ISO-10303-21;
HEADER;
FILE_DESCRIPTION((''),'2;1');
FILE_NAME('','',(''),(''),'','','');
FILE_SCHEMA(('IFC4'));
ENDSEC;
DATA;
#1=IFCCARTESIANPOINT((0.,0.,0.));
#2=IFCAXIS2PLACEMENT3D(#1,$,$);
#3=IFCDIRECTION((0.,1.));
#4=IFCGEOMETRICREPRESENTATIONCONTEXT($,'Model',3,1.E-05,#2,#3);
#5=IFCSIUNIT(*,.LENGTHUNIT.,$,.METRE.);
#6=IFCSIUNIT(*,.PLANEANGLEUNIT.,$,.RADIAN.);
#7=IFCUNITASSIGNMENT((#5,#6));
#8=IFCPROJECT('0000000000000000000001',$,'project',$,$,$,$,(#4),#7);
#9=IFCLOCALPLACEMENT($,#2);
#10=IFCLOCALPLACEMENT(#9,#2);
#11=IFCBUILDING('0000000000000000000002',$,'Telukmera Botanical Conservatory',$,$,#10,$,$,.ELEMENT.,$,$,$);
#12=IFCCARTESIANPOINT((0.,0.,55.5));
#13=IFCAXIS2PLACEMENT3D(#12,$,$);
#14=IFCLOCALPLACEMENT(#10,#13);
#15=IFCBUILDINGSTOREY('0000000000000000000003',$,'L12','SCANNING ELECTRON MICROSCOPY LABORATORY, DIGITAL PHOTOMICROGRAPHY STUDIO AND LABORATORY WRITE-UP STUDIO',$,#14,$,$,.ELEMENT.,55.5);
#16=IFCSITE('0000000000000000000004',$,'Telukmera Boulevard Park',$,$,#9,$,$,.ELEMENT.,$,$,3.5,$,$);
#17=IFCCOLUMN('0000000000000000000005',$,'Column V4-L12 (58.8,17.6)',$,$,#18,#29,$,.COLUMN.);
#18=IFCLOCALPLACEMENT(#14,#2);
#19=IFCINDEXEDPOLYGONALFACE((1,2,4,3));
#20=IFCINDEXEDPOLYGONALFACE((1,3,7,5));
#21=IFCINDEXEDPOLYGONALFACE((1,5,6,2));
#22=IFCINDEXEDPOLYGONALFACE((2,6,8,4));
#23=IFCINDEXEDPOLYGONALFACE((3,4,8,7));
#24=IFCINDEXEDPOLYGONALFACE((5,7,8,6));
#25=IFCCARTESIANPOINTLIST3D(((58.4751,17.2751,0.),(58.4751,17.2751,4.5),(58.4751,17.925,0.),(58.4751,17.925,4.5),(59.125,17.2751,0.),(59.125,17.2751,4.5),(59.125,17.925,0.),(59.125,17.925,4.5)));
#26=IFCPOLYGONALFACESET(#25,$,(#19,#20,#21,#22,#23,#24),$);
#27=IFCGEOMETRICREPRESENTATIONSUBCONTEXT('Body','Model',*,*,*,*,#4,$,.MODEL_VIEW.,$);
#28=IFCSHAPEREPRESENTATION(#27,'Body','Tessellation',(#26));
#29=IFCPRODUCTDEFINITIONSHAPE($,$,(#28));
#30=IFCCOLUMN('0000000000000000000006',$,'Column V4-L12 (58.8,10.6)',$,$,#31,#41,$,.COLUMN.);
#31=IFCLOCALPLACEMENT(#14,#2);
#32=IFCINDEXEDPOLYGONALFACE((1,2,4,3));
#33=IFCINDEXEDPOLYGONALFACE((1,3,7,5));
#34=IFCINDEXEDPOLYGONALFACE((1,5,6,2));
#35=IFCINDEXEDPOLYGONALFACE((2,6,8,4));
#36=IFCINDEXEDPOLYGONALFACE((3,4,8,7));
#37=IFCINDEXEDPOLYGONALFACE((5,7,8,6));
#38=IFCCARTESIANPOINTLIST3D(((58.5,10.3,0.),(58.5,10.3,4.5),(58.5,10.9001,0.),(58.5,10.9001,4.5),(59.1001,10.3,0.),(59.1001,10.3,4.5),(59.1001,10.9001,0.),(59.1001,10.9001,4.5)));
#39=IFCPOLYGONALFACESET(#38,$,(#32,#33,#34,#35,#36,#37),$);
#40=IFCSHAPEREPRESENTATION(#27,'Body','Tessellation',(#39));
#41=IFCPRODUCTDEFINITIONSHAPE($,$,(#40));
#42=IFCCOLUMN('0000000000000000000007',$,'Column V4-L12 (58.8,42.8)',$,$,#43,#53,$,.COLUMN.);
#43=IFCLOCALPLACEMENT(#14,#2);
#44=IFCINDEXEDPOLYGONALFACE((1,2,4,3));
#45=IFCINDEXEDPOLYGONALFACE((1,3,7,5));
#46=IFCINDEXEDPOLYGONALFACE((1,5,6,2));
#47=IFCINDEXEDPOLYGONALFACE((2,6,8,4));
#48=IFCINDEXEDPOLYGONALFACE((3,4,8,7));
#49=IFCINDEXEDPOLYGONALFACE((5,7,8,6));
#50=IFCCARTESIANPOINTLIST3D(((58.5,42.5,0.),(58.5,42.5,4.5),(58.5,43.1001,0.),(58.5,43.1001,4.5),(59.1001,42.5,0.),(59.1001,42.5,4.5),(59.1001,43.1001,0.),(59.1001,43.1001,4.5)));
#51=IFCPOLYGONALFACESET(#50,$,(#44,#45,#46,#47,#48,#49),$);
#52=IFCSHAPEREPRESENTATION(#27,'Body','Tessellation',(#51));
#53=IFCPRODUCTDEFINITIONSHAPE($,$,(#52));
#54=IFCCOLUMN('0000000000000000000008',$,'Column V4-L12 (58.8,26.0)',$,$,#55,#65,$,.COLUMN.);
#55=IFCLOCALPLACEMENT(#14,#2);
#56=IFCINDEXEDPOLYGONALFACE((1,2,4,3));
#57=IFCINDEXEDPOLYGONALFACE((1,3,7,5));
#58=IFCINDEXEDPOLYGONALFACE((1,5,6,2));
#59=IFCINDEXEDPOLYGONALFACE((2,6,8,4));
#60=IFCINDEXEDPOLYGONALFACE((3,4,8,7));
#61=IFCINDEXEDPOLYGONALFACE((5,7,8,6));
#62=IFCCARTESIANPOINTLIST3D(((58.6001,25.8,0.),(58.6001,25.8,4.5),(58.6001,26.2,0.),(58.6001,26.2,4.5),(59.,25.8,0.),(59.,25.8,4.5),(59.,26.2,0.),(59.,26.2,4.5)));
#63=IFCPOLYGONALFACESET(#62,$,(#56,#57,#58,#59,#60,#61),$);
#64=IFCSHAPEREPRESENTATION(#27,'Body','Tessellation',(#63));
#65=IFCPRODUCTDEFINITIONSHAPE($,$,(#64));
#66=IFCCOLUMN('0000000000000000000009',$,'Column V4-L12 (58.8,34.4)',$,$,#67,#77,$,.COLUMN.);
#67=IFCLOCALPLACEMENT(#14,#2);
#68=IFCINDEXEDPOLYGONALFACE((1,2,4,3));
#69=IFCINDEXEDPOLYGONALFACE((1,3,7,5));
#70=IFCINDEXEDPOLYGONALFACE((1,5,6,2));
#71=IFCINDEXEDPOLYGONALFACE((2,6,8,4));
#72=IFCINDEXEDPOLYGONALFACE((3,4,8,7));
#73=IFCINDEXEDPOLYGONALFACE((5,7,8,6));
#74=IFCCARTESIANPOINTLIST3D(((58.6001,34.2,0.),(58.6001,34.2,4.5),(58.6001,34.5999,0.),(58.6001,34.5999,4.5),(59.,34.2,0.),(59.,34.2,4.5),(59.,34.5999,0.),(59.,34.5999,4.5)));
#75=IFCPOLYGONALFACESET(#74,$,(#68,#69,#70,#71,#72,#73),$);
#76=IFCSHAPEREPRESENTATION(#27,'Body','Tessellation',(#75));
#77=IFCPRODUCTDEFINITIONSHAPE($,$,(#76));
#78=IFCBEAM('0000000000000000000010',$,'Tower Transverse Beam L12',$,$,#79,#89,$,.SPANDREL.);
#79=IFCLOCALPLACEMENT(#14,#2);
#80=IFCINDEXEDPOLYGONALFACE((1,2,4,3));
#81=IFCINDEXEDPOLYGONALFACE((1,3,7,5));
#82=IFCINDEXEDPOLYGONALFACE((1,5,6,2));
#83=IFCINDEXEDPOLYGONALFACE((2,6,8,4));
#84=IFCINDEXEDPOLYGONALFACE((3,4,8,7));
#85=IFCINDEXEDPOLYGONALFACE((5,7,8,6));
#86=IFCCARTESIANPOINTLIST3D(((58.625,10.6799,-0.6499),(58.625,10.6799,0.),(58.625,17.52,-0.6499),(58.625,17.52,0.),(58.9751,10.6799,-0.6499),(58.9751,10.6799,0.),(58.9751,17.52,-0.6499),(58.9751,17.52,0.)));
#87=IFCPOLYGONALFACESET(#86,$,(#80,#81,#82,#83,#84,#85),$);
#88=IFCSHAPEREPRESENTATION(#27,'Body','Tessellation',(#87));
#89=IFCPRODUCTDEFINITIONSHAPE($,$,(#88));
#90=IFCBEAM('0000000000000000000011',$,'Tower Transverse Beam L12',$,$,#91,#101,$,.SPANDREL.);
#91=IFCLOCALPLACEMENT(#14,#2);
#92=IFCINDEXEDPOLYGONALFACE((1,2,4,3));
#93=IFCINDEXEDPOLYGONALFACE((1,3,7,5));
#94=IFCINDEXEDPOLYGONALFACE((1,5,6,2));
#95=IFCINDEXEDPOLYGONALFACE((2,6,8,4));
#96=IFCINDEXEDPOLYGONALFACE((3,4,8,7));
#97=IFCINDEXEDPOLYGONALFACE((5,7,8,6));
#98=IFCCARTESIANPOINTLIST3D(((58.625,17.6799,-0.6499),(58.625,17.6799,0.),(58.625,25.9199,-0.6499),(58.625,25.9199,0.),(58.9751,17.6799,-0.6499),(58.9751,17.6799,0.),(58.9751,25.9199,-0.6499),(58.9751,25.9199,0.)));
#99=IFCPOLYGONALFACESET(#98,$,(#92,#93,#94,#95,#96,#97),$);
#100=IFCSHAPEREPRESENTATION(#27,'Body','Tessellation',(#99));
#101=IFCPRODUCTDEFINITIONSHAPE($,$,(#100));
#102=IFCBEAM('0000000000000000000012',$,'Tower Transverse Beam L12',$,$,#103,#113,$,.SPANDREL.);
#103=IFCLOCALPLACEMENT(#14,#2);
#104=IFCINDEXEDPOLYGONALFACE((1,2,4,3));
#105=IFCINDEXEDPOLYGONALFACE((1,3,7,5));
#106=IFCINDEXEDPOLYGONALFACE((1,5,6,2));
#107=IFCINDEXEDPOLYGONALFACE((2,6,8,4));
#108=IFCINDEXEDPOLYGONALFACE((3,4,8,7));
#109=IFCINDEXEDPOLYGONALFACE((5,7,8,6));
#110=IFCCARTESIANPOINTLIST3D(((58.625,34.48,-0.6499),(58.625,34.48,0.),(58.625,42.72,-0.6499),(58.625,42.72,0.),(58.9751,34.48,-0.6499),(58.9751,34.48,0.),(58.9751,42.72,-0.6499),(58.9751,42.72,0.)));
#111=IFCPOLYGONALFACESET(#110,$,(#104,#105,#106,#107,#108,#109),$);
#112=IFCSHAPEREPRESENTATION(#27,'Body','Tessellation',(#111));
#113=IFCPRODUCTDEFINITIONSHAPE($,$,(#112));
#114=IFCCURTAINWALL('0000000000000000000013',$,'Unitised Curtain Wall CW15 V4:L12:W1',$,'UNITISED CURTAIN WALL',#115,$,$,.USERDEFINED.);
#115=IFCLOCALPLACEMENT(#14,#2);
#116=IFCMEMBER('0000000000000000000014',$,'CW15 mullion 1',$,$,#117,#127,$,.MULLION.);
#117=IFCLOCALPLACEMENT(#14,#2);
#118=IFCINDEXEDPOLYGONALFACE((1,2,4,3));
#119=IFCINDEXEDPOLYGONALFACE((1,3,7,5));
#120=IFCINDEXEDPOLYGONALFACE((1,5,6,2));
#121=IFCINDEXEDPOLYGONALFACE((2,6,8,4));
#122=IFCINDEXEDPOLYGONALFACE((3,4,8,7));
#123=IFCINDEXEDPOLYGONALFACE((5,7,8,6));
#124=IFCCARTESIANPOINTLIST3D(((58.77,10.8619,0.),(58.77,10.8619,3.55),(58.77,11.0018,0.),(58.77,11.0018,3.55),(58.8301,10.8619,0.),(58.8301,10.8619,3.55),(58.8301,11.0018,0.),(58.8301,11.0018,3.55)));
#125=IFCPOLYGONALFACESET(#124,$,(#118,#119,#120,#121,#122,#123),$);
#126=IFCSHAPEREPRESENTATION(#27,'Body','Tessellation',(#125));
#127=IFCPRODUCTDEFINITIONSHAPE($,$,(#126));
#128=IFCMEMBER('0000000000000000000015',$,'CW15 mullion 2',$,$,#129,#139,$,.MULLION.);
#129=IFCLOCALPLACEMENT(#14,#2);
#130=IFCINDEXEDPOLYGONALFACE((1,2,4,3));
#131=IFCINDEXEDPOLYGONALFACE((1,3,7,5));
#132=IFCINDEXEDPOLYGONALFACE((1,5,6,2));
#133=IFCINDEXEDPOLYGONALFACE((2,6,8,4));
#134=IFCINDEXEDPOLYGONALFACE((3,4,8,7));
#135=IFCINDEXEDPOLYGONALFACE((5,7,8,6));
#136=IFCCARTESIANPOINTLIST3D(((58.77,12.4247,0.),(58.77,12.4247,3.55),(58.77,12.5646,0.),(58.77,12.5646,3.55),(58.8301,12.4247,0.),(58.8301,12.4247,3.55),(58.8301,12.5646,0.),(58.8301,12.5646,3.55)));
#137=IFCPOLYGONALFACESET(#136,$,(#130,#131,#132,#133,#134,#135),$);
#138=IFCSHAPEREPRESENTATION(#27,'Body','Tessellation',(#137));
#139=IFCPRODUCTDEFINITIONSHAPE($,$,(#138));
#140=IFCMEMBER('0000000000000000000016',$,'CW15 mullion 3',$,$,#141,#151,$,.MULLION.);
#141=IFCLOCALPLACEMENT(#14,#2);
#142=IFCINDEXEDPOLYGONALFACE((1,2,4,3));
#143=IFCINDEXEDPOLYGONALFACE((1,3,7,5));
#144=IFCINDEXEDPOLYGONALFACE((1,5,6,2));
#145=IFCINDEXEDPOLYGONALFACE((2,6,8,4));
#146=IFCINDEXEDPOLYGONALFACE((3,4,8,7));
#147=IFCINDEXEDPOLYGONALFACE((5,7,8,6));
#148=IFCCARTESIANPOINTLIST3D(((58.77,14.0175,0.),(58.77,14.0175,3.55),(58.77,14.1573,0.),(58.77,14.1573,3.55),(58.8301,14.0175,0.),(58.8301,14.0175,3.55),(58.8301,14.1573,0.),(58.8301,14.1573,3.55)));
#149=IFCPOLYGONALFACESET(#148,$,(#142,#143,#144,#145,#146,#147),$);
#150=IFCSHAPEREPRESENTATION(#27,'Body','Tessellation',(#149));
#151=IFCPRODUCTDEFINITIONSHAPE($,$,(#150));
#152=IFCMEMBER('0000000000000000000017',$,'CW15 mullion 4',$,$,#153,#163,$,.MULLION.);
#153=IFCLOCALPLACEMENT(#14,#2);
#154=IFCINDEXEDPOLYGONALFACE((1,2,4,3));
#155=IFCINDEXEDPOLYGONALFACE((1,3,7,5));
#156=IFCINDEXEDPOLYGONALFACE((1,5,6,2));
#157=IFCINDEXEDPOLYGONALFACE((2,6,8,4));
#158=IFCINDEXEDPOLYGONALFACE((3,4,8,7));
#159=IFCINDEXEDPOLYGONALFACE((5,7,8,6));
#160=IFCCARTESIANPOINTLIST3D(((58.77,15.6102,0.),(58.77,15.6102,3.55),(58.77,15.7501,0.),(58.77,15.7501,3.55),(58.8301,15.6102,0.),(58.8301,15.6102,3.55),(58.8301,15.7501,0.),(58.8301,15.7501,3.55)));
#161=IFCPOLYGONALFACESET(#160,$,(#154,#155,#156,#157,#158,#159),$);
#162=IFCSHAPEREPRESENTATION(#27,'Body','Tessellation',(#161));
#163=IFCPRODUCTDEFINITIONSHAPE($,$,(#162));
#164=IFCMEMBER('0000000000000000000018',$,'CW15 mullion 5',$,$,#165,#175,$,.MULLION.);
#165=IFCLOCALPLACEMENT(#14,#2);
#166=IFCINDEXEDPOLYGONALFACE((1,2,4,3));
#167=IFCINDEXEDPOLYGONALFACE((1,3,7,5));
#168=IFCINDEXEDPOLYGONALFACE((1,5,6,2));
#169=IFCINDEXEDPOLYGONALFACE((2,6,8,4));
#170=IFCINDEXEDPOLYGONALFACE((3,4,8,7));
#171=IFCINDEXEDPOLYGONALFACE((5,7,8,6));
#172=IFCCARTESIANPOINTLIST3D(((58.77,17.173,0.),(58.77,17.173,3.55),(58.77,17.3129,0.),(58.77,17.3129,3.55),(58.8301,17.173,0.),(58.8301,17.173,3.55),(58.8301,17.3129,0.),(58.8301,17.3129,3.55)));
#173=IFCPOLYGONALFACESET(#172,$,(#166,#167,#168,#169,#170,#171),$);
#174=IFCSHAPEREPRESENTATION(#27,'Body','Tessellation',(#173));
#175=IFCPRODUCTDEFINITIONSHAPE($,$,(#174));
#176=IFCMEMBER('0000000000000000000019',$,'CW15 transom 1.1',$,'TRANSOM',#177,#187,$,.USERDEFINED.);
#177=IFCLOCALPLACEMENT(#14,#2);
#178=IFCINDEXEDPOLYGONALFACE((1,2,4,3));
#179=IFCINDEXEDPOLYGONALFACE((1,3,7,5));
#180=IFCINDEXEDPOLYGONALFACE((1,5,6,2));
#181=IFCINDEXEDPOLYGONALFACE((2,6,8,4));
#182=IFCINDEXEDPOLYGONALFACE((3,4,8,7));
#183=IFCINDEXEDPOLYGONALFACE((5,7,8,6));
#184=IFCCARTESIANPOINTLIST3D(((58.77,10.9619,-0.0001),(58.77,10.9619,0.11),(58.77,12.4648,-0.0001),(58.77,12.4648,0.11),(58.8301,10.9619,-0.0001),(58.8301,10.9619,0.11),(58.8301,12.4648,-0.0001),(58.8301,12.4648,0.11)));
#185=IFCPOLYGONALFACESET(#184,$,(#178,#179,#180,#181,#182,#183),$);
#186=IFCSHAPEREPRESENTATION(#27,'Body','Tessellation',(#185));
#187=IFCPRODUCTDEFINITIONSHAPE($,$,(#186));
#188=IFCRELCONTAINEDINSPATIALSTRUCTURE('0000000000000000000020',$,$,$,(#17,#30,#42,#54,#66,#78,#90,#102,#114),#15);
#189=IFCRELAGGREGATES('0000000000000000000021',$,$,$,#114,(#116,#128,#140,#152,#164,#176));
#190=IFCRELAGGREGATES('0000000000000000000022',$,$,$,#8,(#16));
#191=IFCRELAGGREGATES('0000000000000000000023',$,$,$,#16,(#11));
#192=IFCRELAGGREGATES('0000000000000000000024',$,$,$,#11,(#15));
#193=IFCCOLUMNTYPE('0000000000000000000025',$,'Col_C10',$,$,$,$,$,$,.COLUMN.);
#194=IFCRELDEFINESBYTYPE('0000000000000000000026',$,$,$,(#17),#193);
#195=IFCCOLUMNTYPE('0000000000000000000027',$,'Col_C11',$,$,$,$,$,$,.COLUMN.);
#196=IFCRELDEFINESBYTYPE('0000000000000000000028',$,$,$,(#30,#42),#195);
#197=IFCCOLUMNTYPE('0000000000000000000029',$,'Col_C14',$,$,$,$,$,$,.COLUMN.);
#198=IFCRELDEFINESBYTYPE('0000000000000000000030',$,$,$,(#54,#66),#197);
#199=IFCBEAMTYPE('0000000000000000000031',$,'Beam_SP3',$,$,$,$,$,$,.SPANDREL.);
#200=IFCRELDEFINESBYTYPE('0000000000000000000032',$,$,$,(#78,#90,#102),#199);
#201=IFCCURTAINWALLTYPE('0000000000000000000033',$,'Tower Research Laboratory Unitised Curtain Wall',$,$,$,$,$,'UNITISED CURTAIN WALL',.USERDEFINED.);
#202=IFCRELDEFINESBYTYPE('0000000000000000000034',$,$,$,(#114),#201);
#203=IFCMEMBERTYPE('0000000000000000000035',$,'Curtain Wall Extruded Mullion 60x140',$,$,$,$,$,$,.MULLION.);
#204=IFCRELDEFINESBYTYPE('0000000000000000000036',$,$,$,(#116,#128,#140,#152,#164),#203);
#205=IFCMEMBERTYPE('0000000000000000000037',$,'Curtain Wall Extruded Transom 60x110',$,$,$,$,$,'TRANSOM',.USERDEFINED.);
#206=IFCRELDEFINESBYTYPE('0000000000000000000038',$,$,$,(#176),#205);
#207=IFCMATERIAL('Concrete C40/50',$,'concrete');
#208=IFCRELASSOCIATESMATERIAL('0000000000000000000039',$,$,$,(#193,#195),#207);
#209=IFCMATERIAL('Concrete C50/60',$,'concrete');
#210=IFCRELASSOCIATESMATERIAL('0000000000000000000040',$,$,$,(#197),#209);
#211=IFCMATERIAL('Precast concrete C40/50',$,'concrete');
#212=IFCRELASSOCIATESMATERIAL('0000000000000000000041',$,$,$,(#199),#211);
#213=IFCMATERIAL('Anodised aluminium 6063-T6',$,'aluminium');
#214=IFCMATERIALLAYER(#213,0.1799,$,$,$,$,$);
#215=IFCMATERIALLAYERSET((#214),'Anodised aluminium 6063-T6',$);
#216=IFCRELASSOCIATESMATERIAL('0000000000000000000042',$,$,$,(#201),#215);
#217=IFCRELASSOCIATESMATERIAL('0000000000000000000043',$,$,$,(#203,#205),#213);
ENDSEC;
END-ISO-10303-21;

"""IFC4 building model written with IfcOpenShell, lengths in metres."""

from ifc_helpers import new_model, si_unit, direction, frame, origin, origin_2d, place, context, subcontext, project, spatial, rectangle, extrude, material, layer, layer_set, material_profile, profile_set, type_object, element, aggregate, save


model = new_model("IFC4")

# Units and contexts
model_context = context("Model", 3, precision=1e-05, world=origin(), true_north=direction((0.0, 1.0)))
body_context = subcontext(model_context, "Body", "Model", "MODEL_VIEW")
ifc_project = project(units=[si_unit("LENGTHUNIT", "METRE"), si_unit("PLANEANGLEUNIT", "RADIAN")], contexts=[model_context])

# Site, building, storey
site_placement = place(None, origin())
site = spatial("IfcSite", under=ifc_project, at=site_placement, Name="Telukmera Boulevard Park", CompositionType="ELEMENT", RefElevation=3.5)
building_placement = place(site_placement, origin())
building = spatial("IfcBuilding", under=site, at=building_placement, Name="Telukmera Botanical Conservatory", CompositionType="ELEMENT")
storey_placement = place(building_placement, frame((0.0, 0.0, 55.5)))
storey = spatial("IfcBuildingStorey", under=building, at=storey_placement, Name="L12", Description="SCANNING ELECTRON MICROSCOPY LABORATORY, DIGITAL PHOTOMICROGRAPHY STUDIO AND LABORATORY WRITE-UP STUDIO", CompositionType="ELEMENT", Elevation=55.5)

# Columns
ifc_material_1 = material(Name="Concrete C40/50", Category="concrete")
ifc_material_profile_1 = material_profile(ifc_material_1, rectangle(XDim=0.6499, YDim=0.6499, at=origin_2d()), Name="RC 650x650")
ifc_profile_set_1 = profile_set([ifc_material_profile_1], Name="Concrete C40/50")
column_type_1 = type_object("IfcColumnType", Name="Col_C10", PredefinedType="COLUMN", material=ifc_profile_set_1)
column_placement = place(storey_placement, frame((58.8, 17.6001, 0.0), z_axis=(0.0, 0.0, 1.0), x_axis=(1.0, 0.0, 0.0)))
element("IfcColumn", 1, at=column_placement, inside=storey, type_object=column_type_1, Name="Column V4-L12 (58.8,17.6)", PredefinedType="COLUMN", context=body_context, shape_type="SweptSolid", body=[
    extrude(rectangle(XDim=0.6499, YDim=0.6499, at=origin_2d()), origin(), (0.0, 0.0, 1.0), 4.5),
])
ifc_material_profile_2 = material_profile(ifc_material_1, rectangle(XDim=0.6001, YDim=0.6001, at=origin_2d()), Name="RC 600x600")
ifc_profile_set_2 = profile_set([ifc_material_profile_2], Name="Concrete C40/50")
column_type_2 = type_object("IfcColumnType", Name="Col_C11", PredefinedType="COLUMN", material=ifc_profile_set_2)
for number, where, z_axis, x_axis, name in (
    (2, (58.8, 10.6001, 0.0), (0.0, 0.0, 1.0), (1.0, 0.0, 0.0), "Column V4-L12 (58.8,10.6)"),
    (3, (58.8, 42.8, 0.0), (0.0, 0.0, 1.0), (1.0, 0.0, 0.0), "Column V4-L12 (58.8,42.8)"),
):
    element("IfcColumn", number, at=place(storey_placement, frame(where, z_axis=z_axis, x_axis=x_axis)), inside=storey, type_object=column_type_2, Name=name, PredefinedType="COLUMN", context=body_context, shape_type="SweptSolid", body=[
        extrude(rectangle(XDim=0.6001, YDim=0.6001, at=origin_2d()), origin(), (0.0, 0.0, 1.0), 4.5),
    ])
ifc_material_2 = material(Name="Concrete C50/60", Category="concrete")
ifc_material_profile_3 = material_profile(ifc_material_2, rectangle(XDim=0.3999, YDim=0.3999, at=origin_2d()), Name="RC 400x400")
ifc_profile_set_3 = profile_set([ifc_material_profile_3], Name="Concrete C50/60")
column_type_3 = type_object("IfcColumnType", Name="Col_C14", PredefinedType="COLUMN", material=ifc_profile_set_3)
for number, where, z_axis, x_axis, name in (
    (4, (58.8, 26.0, 0.0), (0.0, 0.0, 1.0), (1.0, 0.0, 0.0), "Column V4-L12 (58.8,26.0)"),
    (5, (58.8, 34.3999, 0.0), (0.0, 0.0, 1.0), (1.0, 0.0, 0.0), "Column V4-L12 (58.8,34.4)"),
):
    element("IfcColumn", number, at=place(storey_placement, frame(where, z_axis=z_axis, x_axis=x_axis)), inside=storey, type_object=column_type_3, Name=name, PredefinedType="COLUMN", context=body_context, shape_type="SweptSolid", body=[
        extrude(rectangle(XDim=0.3999, YDim=0.3999, at=origin_2d()), origin(), (0.0, 0.0, 1.0), 4.5),
    ])

# Beams
ifc_material_3 = material(Name="Precast concrete C40/50", Category="concrete")
ifc_material_profile_4 = material_profile(ifc_material_3, rectangle(XDim=0.3501, YDim=0.6499, at=origin_2d()), Name="PC 350x650")
ifc_profile_set_4 = profile_set([ifc_material_profile_4], Name="Precast concrete C40/50")
beam_type = type_object("IfcBeamType", Name="Beam_SP3", PredefinedType="SPANDREL", material=ifc_profile_set_4)
beam_placement = place(storey_placement, frame((58.8, 10.6799, -0.325), z_axis=(0.0, 1.0, 0.0), x_axis=(-1.0, 0.0, 0.0)))
element("IfcBeam", 6, at=beam_placement, inside=storey, type_object=beam_type, Name="Tower Transverse Beam L12", PredefinedType="SPANDREL", context=body_context, shape_type="SweptSolid", body=[
    extrude(rectangle(XDim=0.3501, YDim=0.6499, at=origin_2d()), origin(), (0.0, 0.0, 1.0), 6.8401),
])
for number, where, z_axis, x_axis, name in (
    (7, (58.8, 17.6799, -0.325), (0.0, 1.0, 0.0), (-1.0, 0.0, 0.0), "Tower Transverse Beam L12"),
    (8, (58.8, 34.48, -0.325), (0.0, 1.0, 0.0), (-1.0, 0.0, 0.0), "Tower Transverse Beam L12"),
):
    element("IfcBeam", number, at=place(storey_placement, frame(where, z_axis=z_axis, x_axis=x_axis)), inside=storey, type_object=beam_type, Name=name, PredefinedType="SPANDREL", context=body_context, shape_type="SweptSolid", body=[
        extrude(rectangle(XDim=0.3501, YDim=0.6499, at=origin_2d()), origin(), (0.0, 0.0, 1.0), 8.24),
    ])

# Curtain wall, members
ifc_material_4 = material(Name="Anodised aluminium 6063-T6", Category="aluminium")
ifc_layer_1 = layer(ifc_material_4, 0.1799)
ifc_layer_set_1 = layer_set([ifc_layer_1], Name="Anodised aluminium 6063-T6")
curtain_wall_type = type_object("IfcCurtainWallType", Name="Tower Research Laboratory Unitised Curtain Wall", ElementType="UNITISED CURTAIN WALL", PredefinedType="USERDEFINED", material=ifc_layer_set_1)
curtain_wall_placement = place(storey_placement, origin())
curtain_wall = element("IfcCurtainWall", 9, at=curtain_wall_placement, inside=storey, type_object=curtain_wall_type, Name="Unitised Curtain Wall CW15 V4:L12:W1", ObjectType="UNITISED CURTAIN WALL", PredefinedType="USERDEFINED")
ifc_material_profile_5 = material_profile(ifc_material_4, rectangle(XDim=0.0601, YDim=0.1399, at=origin_2d()), Name="ALU MULL 60x140")
ifc_profile_set_5 = profile_set([ifc_material_profile_5], Name="Anodised aluminium 6063-T6")
member_type_1 = type_object("IfcMemberType", Name="Curtain Wall Extruded Mullion 60x140", PredefinedType="MULLION", material=ifc_profile_set_5)
member_1_placement = place(storey_placement, frame((58.8, 10.9319, 0.0), z_axis=(0.0, 0.0, 1.0), x_axis=(-1.0, 0.0, 0.0)))
member_1 = element("IfcMember", 10, at=member_1_placement, type_object=member_type_1, Name="CW15 mullion 1", PredefinedType="MULLION", context=body_context, shape_type="SweptSolid", body=[
    extrude(rectangle(XDim=0.0601, YDim=0.1399, at=origin_2d()), origin(), (0.0, 0.0, 1.0), 3.55),
])
member_2_placement = place(storey_placement, frame((58.8, 12.4946, 0.0), z_axis=(0.0, 0.0, 1.0), x_axis=(-1.0, 0.0, 0.0)))
member_2 = element("IfcMember", 11, at=member_2_placement, type_object=member_type_1, Name="CW15 mullion 2", PredefinedType="MULLION", context=body_context, shape_type="SweptSolid", body=[
    extrude(rectangle(XDim=0.0601, YDim=0.1399, at=origin_2d()), origin(), (0.0, 0.0, 1.0), 3.55),
])
member_3_placement = place(storey_placement, frame((58.8, 14.0874, 0.0), z_axis=(0.0, 0.0, 1.0), x_axis=(-1.0, 0.0, 0.0)))
member_3 = element("IfcMember", 12, at=member_3_placement, type_object=member_type_1, Name="CW15 mullion 3", PredefinedType="MULLION", context=body_context, shape_type="SweptSolid", body=[
    extrude(rectangle(XDim=0.0601, YDim=0.1399, at=origin_2d()), origin(), (0.0, 0.0, 1.0), 3.55),
])
member_4_placement = place(storey_placement, frame((58.8, 15.6802, 0.0), z_axis=(0.0, 0.0, 1.0), x_axis=(-1.0, 0.0, 0.0)))
member_4 = element("IfcMember", 13, at=member_4_placement, type_object=member_type_1, Name="CW15 mullion 4", PredefinedType="MULLION", context=body_context, shape_type="SweptSolid", body=[
    extrude(rectangle(XDim=0.0601, YDim=0.1399, at=origin_2d()), origin(), (0.0, 0.0, 1.0), 3.55),
])
member_5_placement = place(storey_placement, frame((58.8, 17.2429, 0.0), z_axis=(0.0, 0.0, 1.0), x_axis=(-1.0, 0.0, 0.0)))
member_5 = element("IfcMember", 14, at=member_5_placement, type_object=member_type_1, Name="CW15 mullion 5", PredefinedType="MULLION", context=body_context, shape_type="SweptSolid", body=[
    extrude(rectangle(XDim=0.0601, YDim=0.1399, at=origin_2d()), origin(), (0.0, 0.0, 1.0), 3.55),
])
ifc_material_profile_6 = material_profile(ifc_material_4, rectangle(XDim=0.0601, YDim=0.1101, at=origin_2d()), Name="ALU TRAN 60x110")
ifc_profile_set_6 = profile_set([ifc_material_profile_6], Name="Anodised aluminium 6063-T6")
member_type_2 = type_object("IfcMemberType", Name="Curtain Wall Extruded Transom 60x110", ElementType="TRANSOM", PredefinedType="USERDEFINED", material=ifc_profile_set_6)
member_6_placement = place(storey_placement, frame((58.8, 10.9619, 0.0549), z_axis=(0.0, 1.0, 0.0), x_axis=(-1.0, 0.0, 0.0)))
member_6 = element("IfcMember", 15, at=member_6_placement, type_object=member_type_2, Name="CW15 transom 1.1", ObjectType="TRANSOM", PredefinedType="USERDEFINED", context=body_context, shape_type="SweptSolid", body=[
    extrude(rectangle(XDim=0.0601, YDim=0.1101, at=origin_2d()), origin(), (0.0, 0.0, 1.0), 1.5029),
])
aggregate(curtain_wall, [member_1, member_2, member_3, member_4, member_5, member_6])

save(model, "model.ifc")
